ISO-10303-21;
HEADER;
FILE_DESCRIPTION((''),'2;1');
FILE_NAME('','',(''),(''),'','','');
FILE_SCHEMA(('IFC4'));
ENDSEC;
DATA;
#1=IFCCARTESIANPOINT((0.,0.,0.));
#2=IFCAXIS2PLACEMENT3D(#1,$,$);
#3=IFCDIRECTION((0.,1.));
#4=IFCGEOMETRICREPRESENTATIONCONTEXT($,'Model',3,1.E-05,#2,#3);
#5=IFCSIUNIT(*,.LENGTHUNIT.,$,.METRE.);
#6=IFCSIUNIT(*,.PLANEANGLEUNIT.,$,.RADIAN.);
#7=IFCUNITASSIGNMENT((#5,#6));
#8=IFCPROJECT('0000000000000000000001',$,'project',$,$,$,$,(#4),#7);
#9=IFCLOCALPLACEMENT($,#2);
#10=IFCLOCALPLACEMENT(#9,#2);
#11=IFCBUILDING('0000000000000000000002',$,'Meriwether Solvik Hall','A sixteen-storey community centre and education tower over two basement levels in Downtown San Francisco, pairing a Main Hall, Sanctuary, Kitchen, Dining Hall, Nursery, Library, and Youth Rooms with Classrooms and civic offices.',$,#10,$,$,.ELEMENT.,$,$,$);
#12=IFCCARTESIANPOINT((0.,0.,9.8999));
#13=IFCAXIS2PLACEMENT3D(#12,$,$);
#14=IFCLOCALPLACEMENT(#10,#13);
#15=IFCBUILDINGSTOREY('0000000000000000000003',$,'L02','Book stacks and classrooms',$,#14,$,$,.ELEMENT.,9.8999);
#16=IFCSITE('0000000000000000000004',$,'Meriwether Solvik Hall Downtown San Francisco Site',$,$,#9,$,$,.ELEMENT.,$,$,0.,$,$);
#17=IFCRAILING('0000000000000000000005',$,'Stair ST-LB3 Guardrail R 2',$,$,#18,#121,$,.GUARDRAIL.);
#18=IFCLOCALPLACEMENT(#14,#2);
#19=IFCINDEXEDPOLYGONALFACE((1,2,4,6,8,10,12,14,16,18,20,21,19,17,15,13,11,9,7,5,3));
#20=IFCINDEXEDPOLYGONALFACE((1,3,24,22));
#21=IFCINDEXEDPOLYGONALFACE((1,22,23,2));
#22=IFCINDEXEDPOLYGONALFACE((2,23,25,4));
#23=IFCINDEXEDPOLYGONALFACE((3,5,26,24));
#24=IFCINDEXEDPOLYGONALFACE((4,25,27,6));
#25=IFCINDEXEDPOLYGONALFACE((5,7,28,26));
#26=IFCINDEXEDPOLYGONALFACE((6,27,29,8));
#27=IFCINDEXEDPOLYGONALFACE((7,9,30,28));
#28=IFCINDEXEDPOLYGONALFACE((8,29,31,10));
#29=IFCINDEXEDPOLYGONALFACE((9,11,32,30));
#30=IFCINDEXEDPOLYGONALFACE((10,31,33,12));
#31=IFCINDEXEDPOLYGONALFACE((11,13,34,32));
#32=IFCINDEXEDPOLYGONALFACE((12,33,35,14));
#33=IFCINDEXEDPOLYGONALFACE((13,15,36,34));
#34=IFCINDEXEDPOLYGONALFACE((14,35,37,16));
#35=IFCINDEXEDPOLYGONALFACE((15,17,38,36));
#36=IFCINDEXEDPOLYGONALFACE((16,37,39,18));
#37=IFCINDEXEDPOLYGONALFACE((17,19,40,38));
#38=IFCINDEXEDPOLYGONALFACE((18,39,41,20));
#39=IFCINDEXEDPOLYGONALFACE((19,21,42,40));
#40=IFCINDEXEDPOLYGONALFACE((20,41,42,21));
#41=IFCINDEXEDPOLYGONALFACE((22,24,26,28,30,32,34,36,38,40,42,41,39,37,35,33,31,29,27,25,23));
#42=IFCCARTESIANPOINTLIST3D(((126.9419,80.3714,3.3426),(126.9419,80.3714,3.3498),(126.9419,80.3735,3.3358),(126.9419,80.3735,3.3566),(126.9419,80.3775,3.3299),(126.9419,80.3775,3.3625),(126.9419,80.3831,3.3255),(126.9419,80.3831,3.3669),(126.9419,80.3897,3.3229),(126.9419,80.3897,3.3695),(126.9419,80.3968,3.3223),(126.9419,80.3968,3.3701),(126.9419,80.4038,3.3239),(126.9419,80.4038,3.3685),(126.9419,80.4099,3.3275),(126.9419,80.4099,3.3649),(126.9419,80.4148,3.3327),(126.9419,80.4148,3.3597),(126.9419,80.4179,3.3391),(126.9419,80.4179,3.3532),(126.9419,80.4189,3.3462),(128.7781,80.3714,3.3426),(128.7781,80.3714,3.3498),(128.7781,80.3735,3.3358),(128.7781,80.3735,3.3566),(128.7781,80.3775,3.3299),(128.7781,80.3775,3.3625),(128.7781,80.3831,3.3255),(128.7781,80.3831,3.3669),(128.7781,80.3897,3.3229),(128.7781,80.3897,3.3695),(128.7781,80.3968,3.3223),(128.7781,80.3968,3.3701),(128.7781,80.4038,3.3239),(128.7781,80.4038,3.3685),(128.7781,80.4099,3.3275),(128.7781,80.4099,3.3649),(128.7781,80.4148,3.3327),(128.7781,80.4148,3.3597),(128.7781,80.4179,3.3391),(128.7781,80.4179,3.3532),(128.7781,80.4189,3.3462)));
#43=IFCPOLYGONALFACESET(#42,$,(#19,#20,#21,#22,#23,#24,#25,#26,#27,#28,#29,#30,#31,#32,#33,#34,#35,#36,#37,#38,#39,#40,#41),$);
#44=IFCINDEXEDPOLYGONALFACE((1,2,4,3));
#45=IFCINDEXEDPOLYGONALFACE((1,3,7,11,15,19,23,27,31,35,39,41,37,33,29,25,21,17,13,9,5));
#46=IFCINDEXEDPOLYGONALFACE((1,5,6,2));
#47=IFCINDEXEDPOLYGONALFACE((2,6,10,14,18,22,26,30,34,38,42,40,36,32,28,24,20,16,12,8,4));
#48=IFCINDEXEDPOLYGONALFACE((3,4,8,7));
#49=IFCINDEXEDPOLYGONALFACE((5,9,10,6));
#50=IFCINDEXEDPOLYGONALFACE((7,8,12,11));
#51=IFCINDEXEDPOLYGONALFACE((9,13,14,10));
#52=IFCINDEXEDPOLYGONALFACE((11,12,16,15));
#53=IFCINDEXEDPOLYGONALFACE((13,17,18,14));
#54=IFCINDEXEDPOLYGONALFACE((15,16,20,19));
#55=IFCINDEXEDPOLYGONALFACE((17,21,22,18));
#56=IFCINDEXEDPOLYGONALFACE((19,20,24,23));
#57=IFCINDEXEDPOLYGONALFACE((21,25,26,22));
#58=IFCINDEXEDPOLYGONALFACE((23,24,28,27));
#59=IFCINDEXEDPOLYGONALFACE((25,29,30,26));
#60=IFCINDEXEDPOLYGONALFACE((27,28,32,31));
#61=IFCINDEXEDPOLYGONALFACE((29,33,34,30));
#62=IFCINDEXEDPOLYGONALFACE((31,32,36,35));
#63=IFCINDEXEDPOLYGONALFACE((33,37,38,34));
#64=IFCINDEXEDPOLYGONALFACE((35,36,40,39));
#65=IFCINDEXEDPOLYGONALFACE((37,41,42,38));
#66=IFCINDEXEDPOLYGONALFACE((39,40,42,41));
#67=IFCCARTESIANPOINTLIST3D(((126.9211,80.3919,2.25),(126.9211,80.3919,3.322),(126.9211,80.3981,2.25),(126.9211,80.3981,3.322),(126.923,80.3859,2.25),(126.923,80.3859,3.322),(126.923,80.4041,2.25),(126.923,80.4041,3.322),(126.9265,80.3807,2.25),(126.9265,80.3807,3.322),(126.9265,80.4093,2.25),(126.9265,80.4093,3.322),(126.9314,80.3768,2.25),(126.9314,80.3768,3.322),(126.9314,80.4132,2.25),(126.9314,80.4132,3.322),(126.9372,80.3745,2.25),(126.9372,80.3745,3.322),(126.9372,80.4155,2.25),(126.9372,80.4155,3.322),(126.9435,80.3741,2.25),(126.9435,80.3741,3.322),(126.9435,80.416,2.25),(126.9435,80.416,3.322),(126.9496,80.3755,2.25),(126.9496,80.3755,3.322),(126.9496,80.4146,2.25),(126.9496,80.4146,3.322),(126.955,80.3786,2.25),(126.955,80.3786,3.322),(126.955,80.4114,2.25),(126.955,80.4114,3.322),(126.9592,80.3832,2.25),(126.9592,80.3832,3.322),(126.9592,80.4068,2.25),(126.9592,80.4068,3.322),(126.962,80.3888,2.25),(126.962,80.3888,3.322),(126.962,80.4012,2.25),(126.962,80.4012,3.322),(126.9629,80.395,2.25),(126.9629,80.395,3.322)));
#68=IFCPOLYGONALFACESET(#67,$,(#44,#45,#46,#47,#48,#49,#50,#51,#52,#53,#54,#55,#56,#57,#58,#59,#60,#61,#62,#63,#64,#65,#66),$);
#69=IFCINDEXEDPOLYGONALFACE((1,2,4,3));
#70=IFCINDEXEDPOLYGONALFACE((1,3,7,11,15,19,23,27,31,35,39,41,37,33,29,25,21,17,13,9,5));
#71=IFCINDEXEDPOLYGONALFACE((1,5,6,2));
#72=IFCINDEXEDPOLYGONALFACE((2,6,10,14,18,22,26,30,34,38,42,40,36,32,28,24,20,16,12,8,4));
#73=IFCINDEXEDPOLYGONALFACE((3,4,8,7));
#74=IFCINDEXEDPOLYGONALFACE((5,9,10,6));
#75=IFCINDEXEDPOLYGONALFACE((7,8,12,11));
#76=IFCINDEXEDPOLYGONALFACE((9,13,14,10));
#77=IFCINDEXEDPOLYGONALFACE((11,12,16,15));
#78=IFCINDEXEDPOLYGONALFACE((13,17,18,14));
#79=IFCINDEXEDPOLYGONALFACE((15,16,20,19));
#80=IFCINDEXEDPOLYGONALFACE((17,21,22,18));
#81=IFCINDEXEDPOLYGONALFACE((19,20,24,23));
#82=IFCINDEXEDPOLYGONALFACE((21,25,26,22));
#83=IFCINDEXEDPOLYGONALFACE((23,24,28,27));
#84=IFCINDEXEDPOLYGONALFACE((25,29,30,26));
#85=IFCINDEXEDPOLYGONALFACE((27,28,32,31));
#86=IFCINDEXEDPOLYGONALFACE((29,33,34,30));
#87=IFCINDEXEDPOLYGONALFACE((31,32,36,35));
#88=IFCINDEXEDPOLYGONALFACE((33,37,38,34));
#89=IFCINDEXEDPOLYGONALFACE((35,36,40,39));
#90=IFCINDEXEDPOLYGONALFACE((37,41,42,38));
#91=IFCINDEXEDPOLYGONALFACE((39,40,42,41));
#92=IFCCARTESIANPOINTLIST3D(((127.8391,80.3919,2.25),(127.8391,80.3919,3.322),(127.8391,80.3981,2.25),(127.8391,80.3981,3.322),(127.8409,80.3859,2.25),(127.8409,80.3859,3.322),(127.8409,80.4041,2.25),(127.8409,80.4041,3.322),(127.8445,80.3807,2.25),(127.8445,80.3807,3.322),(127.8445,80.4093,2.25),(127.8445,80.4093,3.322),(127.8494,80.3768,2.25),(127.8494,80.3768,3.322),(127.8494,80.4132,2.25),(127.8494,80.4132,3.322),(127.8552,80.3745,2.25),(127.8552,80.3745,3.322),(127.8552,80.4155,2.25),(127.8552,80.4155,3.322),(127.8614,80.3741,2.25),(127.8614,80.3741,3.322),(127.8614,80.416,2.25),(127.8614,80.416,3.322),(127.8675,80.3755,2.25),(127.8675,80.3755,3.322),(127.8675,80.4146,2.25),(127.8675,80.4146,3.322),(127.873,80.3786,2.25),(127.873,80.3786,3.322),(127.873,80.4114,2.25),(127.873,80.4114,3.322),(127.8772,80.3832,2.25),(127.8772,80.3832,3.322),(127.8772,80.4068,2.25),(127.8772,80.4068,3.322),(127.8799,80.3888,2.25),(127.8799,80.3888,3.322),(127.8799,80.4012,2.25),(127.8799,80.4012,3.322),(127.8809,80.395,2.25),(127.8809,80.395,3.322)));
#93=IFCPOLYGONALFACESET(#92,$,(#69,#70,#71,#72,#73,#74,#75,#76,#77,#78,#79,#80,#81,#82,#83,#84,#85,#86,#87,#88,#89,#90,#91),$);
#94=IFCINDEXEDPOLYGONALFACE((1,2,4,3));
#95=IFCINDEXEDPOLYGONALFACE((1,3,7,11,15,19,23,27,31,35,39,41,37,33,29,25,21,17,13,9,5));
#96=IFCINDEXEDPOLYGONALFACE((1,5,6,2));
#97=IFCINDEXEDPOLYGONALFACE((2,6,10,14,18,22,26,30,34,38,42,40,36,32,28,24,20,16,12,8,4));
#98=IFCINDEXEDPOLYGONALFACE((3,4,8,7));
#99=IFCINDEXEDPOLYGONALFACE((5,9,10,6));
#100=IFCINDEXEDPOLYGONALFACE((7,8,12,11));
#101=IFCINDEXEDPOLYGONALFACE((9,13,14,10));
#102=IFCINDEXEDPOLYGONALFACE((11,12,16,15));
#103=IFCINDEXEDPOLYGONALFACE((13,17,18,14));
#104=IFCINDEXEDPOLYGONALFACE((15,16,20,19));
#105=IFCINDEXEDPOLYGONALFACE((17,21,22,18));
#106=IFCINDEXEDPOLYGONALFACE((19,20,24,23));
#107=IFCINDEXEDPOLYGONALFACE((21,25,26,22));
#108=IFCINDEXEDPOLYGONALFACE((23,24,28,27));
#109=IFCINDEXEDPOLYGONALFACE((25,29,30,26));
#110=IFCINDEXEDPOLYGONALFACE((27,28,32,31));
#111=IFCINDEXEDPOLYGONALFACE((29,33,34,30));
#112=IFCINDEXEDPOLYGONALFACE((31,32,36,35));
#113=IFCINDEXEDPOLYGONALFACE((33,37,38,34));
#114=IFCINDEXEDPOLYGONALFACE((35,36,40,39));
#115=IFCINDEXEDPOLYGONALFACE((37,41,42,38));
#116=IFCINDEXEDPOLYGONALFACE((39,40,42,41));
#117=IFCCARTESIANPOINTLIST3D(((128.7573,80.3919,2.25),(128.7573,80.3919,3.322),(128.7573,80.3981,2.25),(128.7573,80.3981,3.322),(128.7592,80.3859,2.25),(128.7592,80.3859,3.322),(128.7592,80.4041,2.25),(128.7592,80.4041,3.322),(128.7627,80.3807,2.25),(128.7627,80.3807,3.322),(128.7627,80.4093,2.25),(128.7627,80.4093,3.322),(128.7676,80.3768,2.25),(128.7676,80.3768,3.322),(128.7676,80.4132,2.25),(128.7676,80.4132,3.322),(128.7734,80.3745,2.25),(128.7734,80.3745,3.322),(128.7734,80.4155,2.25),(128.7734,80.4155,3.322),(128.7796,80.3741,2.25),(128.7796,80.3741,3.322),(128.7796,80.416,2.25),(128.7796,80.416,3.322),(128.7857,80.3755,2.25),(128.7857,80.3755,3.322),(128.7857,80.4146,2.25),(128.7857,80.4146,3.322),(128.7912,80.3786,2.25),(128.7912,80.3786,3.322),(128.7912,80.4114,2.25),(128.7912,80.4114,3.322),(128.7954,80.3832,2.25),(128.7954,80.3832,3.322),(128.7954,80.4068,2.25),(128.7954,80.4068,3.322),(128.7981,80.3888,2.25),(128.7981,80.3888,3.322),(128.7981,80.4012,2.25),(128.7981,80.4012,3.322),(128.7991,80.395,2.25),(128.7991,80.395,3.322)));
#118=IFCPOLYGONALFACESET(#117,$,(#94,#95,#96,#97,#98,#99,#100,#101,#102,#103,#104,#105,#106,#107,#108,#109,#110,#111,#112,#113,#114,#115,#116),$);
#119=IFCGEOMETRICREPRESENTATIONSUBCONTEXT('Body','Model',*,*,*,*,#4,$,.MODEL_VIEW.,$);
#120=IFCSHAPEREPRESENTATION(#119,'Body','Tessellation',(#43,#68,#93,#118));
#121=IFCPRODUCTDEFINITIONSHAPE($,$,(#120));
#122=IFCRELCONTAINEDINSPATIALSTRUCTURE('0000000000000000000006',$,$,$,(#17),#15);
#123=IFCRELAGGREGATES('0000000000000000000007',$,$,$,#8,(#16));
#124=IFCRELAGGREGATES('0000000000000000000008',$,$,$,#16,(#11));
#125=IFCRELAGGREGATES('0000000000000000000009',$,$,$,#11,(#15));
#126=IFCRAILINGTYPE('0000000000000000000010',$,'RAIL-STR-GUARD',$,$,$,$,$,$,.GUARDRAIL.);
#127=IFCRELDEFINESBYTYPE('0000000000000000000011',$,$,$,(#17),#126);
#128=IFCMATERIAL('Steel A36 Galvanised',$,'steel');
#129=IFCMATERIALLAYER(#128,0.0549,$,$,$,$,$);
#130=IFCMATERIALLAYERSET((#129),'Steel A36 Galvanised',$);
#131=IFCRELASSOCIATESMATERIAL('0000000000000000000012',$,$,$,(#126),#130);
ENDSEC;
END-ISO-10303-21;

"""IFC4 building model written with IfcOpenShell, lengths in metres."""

from ifc_helpers import new_model, si_unit, direction, frame, origin, origin_2d, place, context, subcontext, project, spatial, circle, extrude, material, layer, layer_set, type_object, element, save


model = new_model("IFC4")

# Units and contexts
model_context = context("Model", 3, precision=1e-05, world=origin(), true_north=direction((0.0, 1.0)))
body_context = subcontext(model_context, "Body", "Model", "MODEL_VIEW")
ifc_project = project(units=[si_unit("LENGTHUNIT", "METRE"), si_unit("PLANEANGLEUNIT", "RADIAN")], contexts=[model_context])

# Site, building, storey
site_placement = place(None, origin())
site = spatial("IfcSite", under=ifc_project, at=site_placement, Name="Meriwether Solvik Hall Downtown San Francisco Site", CompositionType="ELEMENT", RefElevation=0.0)
building_placement = place(site_placement, origin())
building = spatial("IfcBuilding", under=site, at=building_placement, Name="Meriwether Solvik Hall", Description="A sixteen-storey community centre and education tower over two basement levels in Downtown San Francisco, pairing a Main Hall, Sanctuary, Kitchen, Dining Hall, Nursery, Library, and Youth Rooms with Classrooms and civic offices.", CompositionType="ELEMENT")
storey_placement = place(building_placement, frame((0.0, 0.0, 9.8999)))
storey = spatial("IfcBuildingStorey", under=building, at=storey_placement, Name="L02", Description="Book stacks and classrooms", CompositionType="ELEMENT", Elevation=9.8999)

# Railing
ifc_material_1 = material(Name="Steel A36 Galvanised", Category="steel")
ifc_layer_1 = layer(ifc_material_1, 0.0549)
ifc_layer_set_1 = layer_set([ifc_layer_1], Name="Steel A36 Galvanised")
railing_type_1 = type_object("IfcRailingType", Name="RAIL-STR-GUARD", PredefinedType="GUARDRAIL", material=ifc_layer_set_1)
railing_1_placement = place(storey_placement, frame((126.9419, 80.395, 2.25)))
element("IfcRailing", 1, at=railing_1_placement, inside=storey, type_object=railing_type_1, Name="Stair ST-LB3 Guardrail R 2", PredefinedType="GUARDRAIL", context=body_context, shape_type="SweptSolid", body=[
    extrude(circle(Radius=0.0239, at=origin_2d()), frame((0.0, 0.0, 1.0962), z_axis=(1.0, 0.0, 0.0), x_axis=(0.0, 1.0, 0.0)), (0.0, 0.0, 1.0), 1.8362),
    extrude(circle(Radius=0.021, at=origin_2d()), origin(), (0.0, 0.0, 1.0), 1.072),
    extrude(circle(Radius=0.021, at=origin_2d()), frame((0.918, 0.0, 0.0)), (0.0, 0.0, 1.0), 1.072),
    extrude(circle(Radius=0.021, at=origin_2d()), frame((1.8362, 0.0, 0.0)), (0.0, 0.0, 1.0), 1.072),
])

save(model, "model.ifc")
